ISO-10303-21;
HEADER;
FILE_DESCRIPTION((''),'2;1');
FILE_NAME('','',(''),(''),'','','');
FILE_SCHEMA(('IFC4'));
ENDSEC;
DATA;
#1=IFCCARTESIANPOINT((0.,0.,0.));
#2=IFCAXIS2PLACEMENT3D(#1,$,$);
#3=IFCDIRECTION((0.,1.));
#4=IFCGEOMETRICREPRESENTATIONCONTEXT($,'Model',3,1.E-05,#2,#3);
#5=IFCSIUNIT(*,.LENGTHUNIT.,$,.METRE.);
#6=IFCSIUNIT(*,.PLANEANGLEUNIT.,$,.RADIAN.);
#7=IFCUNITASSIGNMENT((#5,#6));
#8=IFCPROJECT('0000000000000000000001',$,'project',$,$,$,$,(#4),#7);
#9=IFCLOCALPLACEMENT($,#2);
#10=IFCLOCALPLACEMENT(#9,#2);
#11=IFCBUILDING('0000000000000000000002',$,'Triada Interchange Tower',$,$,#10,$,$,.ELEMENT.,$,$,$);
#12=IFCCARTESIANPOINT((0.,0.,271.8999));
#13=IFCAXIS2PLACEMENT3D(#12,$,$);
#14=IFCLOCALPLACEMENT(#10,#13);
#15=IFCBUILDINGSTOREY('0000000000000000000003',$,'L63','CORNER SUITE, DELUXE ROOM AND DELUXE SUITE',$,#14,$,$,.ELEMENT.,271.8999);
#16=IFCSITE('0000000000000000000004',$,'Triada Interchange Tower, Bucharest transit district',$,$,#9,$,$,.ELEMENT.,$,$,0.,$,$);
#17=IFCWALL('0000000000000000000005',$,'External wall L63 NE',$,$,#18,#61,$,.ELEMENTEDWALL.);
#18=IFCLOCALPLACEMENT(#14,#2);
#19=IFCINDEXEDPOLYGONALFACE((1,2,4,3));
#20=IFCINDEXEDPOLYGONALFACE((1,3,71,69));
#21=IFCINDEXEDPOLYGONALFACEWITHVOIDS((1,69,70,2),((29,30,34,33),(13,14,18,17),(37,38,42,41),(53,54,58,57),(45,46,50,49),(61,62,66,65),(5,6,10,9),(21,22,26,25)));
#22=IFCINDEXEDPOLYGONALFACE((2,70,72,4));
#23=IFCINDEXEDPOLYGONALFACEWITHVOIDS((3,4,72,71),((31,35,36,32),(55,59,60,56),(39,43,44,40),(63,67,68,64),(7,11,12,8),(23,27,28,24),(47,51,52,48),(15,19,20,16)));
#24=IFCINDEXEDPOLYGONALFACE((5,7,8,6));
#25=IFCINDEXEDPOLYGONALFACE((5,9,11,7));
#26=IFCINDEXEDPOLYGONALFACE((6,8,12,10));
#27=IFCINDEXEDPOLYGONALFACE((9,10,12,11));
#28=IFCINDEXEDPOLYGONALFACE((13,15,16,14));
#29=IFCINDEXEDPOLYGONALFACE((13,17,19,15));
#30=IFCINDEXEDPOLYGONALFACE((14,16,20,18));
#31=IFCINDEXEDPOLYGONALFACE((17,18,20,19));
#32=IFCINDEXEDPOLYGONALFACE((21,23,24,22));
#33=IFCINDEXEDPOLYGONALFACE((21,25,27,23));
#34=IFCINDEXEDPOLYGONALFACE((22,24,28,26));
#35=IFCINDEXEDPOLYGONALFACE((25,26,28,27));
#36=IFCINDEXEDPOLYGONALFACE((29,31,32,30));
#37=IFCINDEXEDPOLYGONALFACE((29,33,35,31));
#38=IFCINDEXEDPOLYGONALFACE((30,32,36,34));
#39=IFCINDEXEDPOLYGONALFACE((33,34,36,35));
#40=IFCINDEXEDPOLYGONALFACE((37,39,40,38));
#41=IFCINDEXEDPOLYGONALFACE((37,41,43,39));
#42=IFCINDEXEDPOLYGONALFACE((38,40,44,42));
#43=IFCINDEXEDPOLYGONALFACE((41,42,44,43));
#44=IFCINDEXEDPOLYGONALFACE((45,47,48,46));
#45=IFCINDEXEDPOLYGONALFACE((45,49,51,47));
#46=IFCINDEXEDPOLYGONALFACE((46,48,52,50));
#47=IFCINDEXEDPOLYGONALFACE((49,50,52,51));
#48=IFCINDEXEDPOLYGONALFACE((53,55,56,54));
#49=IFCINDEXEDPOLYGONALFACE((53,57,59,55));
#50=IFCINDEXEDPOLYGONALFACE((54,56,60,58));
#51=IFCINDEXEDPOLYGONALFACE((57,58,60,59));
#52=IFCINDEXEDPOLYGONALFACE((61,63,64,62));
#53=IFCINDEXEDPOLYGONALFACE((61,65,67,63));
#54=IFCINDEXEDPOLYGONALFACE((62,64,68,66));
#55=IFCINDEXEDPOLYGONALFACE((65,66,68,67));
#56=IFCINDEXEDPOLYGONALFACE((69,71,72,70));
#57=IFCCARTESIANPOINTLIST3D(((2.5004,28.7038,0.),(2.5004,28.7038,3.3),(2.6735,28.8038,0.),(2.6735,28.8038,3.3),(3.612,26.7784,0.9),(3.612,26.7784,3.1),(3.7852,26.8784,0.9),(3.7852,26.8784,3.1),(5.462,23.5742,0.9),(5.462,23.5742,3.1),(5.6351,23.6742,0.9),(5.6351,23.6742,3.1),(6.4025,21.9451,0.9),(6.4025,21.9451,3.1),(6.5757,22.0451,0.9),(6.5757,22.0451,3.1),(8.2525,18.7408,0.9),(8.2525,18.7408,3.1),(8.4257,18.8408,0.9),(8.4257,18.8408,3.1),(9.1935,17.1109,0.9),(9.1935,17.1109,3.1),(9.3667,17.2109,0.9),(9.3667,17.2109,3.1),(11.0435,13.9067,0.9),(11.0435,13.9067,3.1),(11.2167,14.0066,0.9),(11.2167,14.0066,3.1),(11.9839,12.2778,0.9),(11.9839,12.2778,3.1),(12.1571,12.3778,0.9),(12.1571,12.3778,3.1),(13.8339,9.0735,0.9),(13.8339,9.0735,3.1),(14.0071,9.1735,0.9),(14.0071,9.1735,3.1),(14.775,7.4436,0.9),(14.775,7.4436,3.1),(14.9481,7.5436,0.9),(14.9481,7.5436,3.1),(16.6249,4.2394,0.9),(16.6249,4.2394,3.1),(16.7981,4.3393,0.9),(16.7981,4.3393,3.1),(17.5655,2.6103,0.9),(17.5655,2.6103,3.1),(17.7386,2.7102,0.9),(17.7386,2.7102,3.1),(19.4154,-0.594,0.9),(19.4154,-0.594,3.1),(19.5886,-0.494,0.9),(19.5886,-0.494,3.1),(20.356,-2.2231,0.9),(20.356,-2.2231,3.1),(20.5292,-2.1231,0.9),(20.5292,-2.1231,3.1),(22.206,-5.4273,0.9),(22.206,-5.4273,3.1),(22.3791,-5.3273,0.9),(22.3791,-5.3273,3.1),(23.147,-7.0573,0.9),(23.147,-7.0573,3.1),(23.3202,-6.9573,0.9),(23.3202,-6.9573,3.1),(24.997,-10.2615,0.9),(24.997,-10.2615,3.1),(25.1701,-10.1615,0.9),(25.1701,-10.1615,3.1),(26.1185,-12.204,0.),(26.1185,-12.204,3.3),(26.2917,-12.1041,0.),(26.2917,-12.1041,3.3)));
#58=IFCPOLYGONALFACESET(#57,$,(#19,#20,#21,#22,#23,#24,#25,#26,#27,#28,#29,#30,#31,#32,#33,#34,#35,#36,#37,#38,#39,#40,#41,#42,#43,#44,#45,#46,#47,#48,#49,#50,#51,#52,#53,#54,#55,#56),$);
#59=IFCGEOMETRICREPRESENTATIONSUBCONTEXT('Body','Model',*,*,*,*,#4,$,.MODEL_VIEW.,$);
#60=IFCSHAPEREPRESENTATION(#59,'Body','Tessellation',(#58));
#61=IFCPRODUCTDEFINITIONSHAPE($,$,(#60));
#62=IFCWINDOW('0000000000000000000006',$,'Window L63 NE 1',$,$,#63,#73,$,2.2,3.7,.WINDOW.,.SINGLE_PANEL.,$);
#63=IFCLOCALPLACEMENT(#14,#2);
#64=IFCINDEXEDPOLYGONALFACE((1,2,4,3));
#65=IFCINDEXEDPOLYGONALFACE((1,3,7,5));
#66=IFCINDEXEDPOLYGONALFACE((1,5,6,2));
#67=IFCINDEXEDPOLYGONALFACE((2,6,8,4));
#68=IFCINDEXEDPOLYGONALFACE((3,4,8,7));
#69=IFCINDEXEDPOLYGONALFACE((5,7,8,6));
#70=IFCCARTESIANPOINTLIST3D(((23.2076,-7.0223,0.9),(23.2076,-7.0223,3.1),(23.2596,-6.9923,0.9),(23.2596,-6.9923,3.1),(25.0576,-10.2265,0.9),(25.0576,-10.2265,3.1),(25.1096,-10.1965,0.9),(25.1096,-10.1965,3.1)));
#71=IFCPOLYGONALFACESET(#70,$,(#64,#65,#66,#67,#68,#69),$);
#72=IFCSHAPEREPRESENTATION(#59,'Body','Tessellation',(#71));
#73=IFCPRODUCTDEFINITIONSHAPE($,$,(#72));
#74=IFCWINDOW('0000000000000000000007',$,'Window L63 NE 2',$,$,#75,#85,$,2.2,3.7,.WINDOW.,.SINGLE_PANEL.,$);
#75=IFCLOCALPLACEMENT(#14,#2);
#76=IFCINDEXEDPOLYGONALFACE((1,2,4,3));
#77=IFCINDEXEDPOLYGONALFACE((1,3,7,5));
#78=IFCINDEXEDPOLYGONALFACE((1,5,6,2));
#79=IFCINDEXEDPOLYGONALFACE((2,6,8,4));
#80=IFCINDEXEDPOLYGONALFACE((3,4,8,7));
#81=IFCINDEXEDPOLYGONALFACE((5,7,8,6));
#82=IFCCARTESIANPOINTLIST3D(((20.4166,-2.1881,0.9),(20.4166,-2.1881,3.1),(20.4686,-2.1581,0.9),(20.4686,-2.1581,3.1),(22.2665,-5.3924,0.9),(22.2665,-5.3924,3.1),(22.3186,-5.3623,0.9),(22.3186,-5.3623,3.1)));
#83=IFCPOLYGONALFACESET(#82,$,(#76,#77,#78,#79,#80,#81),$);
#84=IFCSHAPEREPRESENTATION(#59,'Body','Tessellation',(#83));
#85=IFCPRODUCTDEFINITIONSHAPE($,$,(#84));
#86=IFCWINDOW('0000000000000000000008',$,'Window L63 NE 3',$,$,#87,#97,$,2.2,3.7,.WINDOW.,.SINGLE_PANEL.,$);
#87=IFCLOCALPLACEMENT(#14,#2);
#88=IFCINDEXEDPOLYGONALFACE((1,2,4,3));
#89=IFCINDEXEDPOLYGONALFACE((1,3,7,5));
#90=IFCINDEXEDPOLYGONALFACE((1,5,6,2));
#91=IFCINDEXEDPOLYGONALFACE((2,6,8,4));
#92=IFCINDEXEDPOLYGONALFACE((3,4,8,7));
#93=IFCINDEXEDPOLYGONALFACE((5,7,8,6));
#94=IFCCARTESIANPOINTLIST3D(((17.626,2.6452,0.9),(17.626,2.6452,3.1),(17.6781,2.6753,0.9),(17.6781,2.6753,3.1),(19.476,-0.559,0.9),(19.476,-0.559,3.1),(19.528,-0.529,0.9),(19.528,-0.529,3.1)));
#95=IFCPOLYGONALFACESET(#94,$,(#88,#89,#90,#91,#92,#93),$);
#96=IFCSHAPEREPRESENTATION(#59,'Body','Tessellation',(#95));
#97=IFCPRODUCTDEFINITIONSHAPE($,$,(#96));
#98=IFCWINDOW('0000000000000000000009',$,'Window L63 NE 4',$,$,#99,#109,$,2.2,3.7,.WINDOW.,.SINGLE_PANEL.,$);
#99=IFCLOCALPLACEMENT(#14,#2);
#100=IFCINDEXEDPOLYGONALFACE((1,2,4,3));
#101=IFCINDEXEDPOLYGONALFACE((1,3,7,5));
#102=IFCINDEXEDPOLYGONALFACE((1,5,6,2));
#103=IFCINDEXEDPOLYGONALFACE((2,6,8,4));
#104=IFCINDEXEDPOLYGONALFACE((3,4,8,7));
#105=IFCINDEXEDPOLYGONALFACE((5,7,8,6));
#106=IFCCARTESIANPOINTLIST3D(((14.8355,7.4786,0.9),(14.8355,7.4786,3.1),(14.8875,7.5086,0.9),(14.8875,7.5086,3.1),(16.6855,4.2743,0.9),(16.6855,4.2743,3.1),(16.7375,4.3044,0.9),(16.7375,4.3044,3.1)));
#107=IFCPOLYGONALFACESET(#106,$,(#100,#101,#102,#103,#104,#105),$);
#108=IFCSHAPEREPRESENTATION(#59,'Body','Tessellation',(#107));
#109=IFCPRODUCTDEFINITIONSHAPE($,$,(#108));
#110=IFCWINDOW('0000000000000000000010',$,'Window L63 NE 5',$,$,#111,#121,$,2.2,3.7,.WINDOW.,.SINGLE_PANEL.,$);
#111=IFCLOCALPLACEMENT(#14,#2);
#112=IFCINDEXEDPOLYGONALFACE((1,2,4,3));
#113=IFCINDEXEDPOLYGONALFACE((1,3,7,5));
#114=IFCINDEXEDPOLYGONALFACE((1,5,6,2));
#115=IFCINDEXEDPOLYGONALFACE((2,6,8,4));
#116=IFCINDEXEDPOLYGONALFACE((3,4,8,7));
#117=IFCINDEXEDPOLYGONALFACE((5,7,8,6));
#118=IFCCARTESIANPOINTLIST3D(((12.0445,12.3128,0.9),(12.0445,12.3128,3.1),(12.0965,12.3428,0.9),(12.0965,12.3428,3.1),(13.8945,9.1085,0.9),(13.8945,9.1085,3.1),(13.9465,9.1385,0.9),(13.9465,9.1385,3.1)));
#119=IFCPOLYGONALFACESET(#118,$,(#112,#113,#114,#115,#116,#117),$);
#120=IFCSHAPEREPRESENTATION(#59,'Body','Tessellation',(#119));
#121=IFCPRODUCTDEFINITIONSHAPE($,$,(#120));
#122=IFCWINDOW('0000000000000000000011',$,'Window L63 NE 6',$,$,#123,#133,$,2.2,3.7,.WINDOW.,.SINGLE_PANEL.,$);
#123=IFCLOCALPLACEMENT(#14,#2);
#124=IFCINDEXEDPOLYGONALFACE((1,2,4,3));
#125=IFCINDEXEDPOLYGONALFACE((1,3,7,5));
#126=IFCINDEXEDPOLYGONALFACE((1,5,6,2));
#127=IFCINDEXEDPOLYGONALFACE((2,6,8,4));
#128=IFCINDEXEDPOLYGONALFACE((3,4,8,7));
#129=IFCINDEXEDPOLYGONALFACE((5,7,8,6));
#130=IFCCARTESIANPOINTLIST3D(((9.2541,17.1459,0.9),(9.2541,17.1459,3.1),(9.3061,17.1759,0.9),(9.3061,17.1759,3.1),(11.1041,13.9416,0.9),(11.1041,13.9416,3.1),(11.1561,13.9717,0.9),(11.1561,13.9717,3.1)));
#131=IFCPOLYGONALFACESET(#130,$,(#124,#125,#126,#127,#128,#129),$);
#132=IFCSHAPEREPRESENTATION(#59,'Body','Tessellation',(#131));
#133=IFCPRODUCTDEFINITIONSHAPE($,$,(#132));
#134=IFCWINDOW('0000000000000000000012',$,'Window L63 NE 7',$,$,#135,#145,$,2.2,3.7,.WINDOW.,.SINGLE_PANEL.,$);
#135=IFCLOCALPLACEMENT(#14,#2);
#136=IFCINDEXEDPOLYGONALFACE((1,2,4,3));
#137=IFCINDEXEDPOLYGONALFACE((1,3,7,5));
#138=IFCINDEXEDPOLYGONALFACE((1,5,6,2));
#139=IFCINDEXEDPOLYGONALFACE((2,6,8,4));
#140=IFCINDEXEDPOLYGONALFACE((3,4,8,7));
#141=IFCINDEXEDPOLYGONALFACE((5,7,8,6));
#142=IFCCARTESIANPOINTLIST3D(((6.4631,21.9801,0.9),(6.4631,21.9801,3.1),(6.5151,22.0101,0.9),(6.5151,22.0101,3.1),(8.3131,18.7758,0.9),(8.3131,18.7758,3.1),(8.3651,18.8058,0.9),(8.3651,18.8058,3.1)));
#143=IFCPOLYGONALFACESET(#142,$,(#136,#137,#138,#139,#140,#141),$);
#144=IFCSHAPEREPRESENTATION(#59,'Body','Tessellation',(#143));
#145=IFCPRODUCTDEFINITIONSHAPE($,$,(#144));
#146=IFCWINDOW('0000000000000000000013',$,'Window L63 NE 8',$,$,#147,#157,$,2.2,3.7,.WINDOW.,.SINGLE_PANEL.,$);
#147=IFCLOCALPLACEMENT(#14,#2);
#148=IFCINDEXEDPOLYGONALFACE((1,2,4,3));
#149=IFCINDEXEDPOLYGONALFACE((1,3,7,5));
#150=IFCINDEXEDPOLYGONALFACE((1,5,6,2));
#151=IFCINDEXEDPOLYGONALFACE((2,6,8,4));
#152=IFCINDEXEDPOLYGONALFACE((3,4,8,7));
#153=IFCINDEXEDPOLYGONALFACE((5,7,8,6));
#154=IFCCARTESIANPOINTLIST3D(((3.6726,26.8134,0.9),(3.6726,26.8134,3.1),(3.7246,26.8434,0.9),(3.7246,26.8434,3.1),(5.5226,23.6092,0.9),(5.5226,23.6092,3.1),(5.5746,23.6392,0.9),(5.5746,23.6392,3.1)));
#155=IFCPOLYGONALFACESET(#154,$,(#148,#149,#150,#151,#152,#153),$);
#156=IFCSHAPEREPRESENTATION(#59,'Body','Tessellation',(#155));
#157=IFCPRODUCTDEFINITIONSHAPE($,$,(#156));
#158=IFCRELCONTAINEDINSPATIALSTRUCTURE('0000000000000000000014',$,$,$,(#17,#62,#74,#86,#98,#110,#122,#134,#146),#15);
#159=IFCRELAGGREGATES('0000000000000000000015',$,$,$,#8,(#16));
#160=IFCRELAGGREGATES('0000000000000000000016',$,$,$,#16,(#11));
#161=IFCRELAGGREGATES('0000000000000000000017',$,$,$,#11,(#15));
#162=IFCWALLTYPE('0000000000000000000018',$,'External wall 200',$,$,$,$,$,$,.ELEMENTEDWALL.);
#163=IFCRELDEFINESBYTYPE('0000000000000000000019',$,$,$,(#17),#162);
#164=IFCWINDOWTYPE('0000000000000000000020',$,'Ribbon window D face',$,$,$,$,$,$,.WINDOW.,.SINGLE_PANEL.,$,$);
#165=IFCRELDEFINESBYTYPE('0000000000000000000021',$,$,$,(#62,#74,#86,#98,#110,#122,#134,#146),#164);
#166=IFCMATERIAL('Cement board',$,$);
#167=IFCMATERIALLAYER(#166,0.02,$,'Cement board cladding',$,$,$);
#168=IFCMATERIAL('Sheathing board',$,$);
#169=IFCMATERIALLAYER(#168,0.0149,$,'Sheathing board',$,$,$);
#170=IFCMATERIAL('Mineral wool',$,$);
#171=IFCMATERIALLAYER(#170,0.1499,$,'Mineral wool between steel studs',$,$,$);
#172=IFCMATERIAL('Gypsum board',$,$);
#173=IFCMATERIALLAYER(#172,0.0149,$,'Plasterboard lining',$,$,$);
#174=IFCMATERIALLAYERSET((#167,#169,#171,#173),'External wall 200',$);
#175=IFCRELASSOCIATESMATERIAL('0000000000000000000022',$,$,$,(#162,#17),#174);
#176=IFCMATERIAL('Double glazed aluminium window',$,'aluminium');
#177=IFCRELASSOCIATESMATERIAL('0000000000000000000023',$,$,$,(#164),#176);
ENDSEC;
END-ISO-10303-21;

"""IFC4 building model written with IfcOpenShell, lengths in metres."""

from ifc_helpers import new_model, si_unit, direction, frame, frame_2d, origin, place, context, subcontext, project, spatial, rectangle, extrude, material, layer, layer_set, layer_usage, type_object, element, fill, save


model = new_model("IFC4")

# Units and contexts
model_context = context("Model", 3, precision=1e-05, world=origin(), true_north=direction((0.0, 1.0)))
body_context = subcontext(model_context, "Body", "Model", "MODEL_VIEW")
ifc_project = project(units=[si_unit("LENGTHUNIT", "METRE"), si_unit("PLANEANGLEUNIT", "RADIAN")], contexts=[model_context])

# Site, building, storey
site_placement = place(None, origin())
site = spatial("IfcSite", under=ifc_project, at=site_placement, Name="Triada Interchange Tower, Bucharest transit district", CompositionType="ELEMENT", RefElevation=0.0)
building_placement = place(site_placement, origin())
building = spatial("IfcBuilding", under=site, at=building_placement, Name="Triada Interchange Tower", CompositionType="ELEMENT")
storey_placement = place(building_placement, frame((0.0, 0.0, 271.8999)))
storey = spatial("IfcBuildingStorey", under=building, at=storey_placement, Name="L63", Description="CORNER SUITE, DELUXE ROOM AND DELUXE SUITE", CompositionType="ELEMENT", Elevation=271.8999)

# Shared definitions
ifc_material_1 = material(Name="Cement board")
ifc_layer_1 = layer(ifc_material_1, 0.02, Name="Cement board cladding")
ifc_material_2 = material(Name="Sheathing board")
ifc_layer_2 = layer(ifc_material_2, 0.0149, Name="Sheathing board")
ifc_material_3 = material(Name="Mineral wool")
ifc_layer_3 = layer(ifc_material_3, 0.1499, Name="Mineral wool between steel studs")
ifc_material_4 = material(Name="Gypsum board")
ifc_layer_4 = layer(ifc_material_4, 0.0149, Name="Plasterboard lining")
ifc_layer_set_1 = layer_set([ifc_layer_1, ifc_layer_2, ifc_layer_3, ifc_layer_4], Name="External wall 200")
ifc_layer_usage = layer_usage(ifc_layer_set_1, "AXIS2", "POSITIVE", -0.1001)
wall_type = type_object("IfcWallType", Name="External wall 200", PredefinedType="ELEMENTEDWALL", material=ifc_layer_set_1)
ifc_material_5 = material(Name="Double glazed aluminium window", Category="aluminium")

# Wall, openings, windows
wall_1_placement = place(storey_placement, frame((26.2051, -12.1541, 0.0), z_axis=(0.0, 0.0, 1.0), x_axis=(-0.499999, 0.866026, 0.0)))
wall_1 = element("IfcWall", 1, at=wall_1_placement, inside=storey, type_object=wall_type, material=ifc_layer_usage, Name="External wall L63 NE", PredefinedType="ELEMENTEDWALL", context=body_context, shape_type="SweptSolid", body=[
    extrude(rectangle(XDim=47.2363, YDim=0.2, at=frame_2d((23.6182, 0.0))), origin(), (0.0, 0.0, 1.0), 3.3),
])
opening_1_placement = place(wall_1_placement, frame((2.2429, 0.0, 0.8999)))
opening_1 = element("IfcOpeningElement", 2, at=opening_1_placement, cuts=wall_1, PredefinedType="OPENING", context=body_context, shape_type="SweptSolid", body=[
    extrude(rectangle(XDim=3.7, YDim=2.2, at=frame_2d((1.8501, 1.1001))), frame((0.0, 0.1099, 0.0), z_axis=(0.0, -1.0, 0.0), x_axis=(1.0, 0.0, 0.0)), (0.0, 0.0, 1.0), 0.22),
])
opening_2_placement = place(wall_1_placement, frame((7.825, 0.0, 0.8999)))
opening_2 = element("IfcOpeningElement", 3, at=opening_2_placement, cuts=wall_1, PredefinedType="OPENING", context=body_context, shape_type="SweptSolid", body=[
    extrude(rectangle(XDim=3.7, YDim=2.2, at=frame_2d((1.8501, 1.1001))), frame((0.0, 0.1099, 0.0), z_axis=(0.0, -1.0, 0.0), x_axis=(1.0, 0.0, 0.0)), (0.0, 0.0, 1.0), 0.22),
])
opening_3_placement = place(wall_1_placement, frame((13.406, 0.0, 0.8999)))
opening_3 = element("IfcOpeningElement", 4, at=opening_3_placement, cuts=wall_1, PredefinedType="OPENING", context=body_context, shape_type="SweptSolid", body=[
    extrude(rectangle(XDim=3.7, YDim=2.2, at=frame_2d((1.8501, 1.1001))), frame((0.0, 0.1099, 0.0), z_axis=(0.0, -1.0, 0.0), x_axis=(1.0, 0.0, 0.0)), (0.0, 0.0, 1.0), 0.22),
])
opening_4_placement = place(wall_1_placement, frame((18.9871, 0.0, 0.8999)))
opening_4 = element("IfcOpeningElement", 5, at=opening_4_placement, cuts=wall_1, PredefinedType="OPENING", context=body_context, shape_type="SweptSolid", body=[
    extrude(rectangle(XDim=3.7, YDim=2.2, at=frame_2d((1.8501, 1.1001))), frame((0.0, 0.1099, 0.0), z_axis=(0.0, -1.0, 0.0), x_axis=(1.0, 0.0, 0.0)), (0.0, 0.0, 1.0), 0.22),
])
opening_5_placement = place(wall_1_placement, frame((24.5691, 0.0, 0.8999)))
opening_5 = element("IfcOpeningElement", 6, at=opening_5_placement, cuts=wall_1, PredefinedType="OPENING", context=body_context, shape_type="SweptSolid", body=[
    extrude(rectangle(XDim=3.7, YDim=2.2, at=frame_2d((1.8501, 1.1001))), frame((0.0, 0.1099, 0.0), z_axis=(0.0, -1.0, 0.0), x_axis=(1.0, 0.0, 0.0)), (0.0, 0.0, 1.0), 0.22),
])
opening_6_placement = place(wall_1_placement, frame((30.1499, 0.0, 0.8999)))
opening_6 = element("IfcOpeningElement", 7, at=opening_6_placement, cuts=wall_1, PredefinedType="OPENING", context=body_context, shape_type="SweptSolid", body=[
    extrude(rectangle(XDim=3.7, YDim=2.2, at=frame_2d((1.8501, 1.1001))), frame((0.0, 0.1099, 0.0), z_axis=(0.0, -1.0, 0.0), x_axis=(1.0, 0.0, 0.0)), (0.0, 0.0, 1.0), 0.22),
])
opening_7_placement = place(wall_1_placement, frame((35.7319, 0.0, 0.8999)))
opening_7 = element("IfcOpeningElement", 8, at=opening_7_placement, cuts=wall_1, PredefinedType="OPENING", context=body_context, shape_type="SweptSolid", body=[
    extrude(rectangle(XDim=3.7, YDim=2.2, at=frame_2d((1.8501, 1.1001))), frame((0.0, 0.1099, 0.0), z_axis=(0.0, -1.0, 0.0), x_axis=(1.0, 0.0, 0.0)), (0.0, 0.0, 1.0), 0.22),
])
opening_8_placement = place(wall_1_placement, frame((41.313, 0.0, 0.8999)))
opening_8 = element("IfcOpeningElement", 9, at=opening_8_placement, cuts=wall_1, PredefinedType="OPENING", context=body_context, shape_type="SweptSolid", body=[
    extrude(rectangle(XDim=3.7, YDim=2.2, at=frame_2d((1.8501, 1.1001))), frame((0.0, 0.1099, 0.0), z_axis=(0.0, -1.0, 0.0), x_axis=(1.0, 0.0, 0.0)), (0.0, 0.0, 1.0), 0.22),
])
window_type_1 = type_object("IfcWindowType", Name="Ribbon window D face", PartitioningType="SINGLE_PANEL", PredefinedType="WINDOW", material=ifc_material_5)
window_1_placement = place(opening_1_placement, origin())
window_1 = element("IfcWindow", 10, at=window_1_placement, inside=storey, type_object=window_type_1, Name="Window L63 NE 1", OverallHeight=2.2, OverallWidth=3.7, PartitioningType="SINGLE_PANEL", PredefinedType="WINDOW", context=body_context, shape_type="SweptSolid", body=[
    extrude(rectangle(XDim=3.7, YDim=2.2, at=frame_2d((1.8501, 1.1001))), frame((0.0, 0.03, 0.0), z_axis=(0.0, -1.0, 0.0), x_axis=(1.0, 0.0, 0.0)), (0.0, 0.0, 1.0), 0.0601),
])
fill(opening_1, window_1)
window_2_placement = place(opening_2_placement, origin())
window_2 = element("IfcWindow", 11, at=window_2_placement, inside=storey, type_object=window_type_1, Name="Window L63 NE 2", OverallHeight=2.2, OverallWidth=3.7, PartitioningType="SINGLE_PANEL", PredefinedType="WINDOW", context=body_context, shape_type="SweptSolid", body=[
    extrude(rectangle(XDim=3.7, YDim=2.2, at=frame_2d((1.8501, 1.1001))), frame((0.0, 0.03, 0.0), z_axis=(0.0, -1.0, 0.0), x_axis=(1.0, 0.0, 0.0)), (0.0, 0.0, 1.0), 0.0601),
])
fill(opening_2, window_2)
window_3_placement = place(opening_3_placement, origin())
window_3 = element("IfcWindow", 12, at=window_3_placement, inside=storey, type_object=window_type_1, Name="Window L63 NE 3", OverallHeight=2.2, OverallWidth=3.7, PartitioningType="SINGLE_PANEL", PredefinedType="WINDOW", context=body_context, shape_type="SweptSolid", body=[
    extrude(rectangle(XDim=3.7, YDim=2.2, at=frame_2d((1.8501, 1.1001))), frame((0.0, 0.03, 0.0), z_axis=(0.0, -1.0, 0.0), x_axis=(1.0, 0.0, 0.0)), (0.0, 0.0, 1.0), 0.0601),
])
fill(opening_3, window_3)
window_4_placement = place(opening_4_placement, origin())
window_4 = element("IfcWindow", 13, at=window_4_placement, inside=storey, type_object=window_type_1, Name="Window L63 NE 4", OverallHeight=2.2, OverallWidth=3.7, PartitioningType="SINGLE_PANEL", PredefinedType="WINDOW", context=body_context, shape_type="SweptSolid", body=[
    extrude(rectangle(XDim=3.7, YDim=2.2, at=frame_2d((1.8501, 1.1001))), frame((0.0, 0.03, 0.0), z_axis=(0.0, -1.0, 0.0), x_axis=(1.0, 0.0, 0.0)), (0.0, 0.0, 1.0), 0.0601),
])
fill(opening_4, window_4)
window_5_placement = place(opening_5_placement, origin())
window_5 = element("IfcWindow", 14, at=window_5_placement, inside=storey, type_object=window_type_1, Name="Window L63 NE 5", OverallHeight=2.2, OverallWidth=3.7, PartitioningType="SINGLE_PANEL", PredefinedType="WINDOW", context=body_context, shape_type="SweptSolid", body=[
    extrude(rectangle(XDim=3.7, YDim=2.2, at=frame_2d((1.8501, 1.1001))), frame((0.0, 0.03, 0.0), z_axis=(0.0, -1.0, 0.0), x_axis=(1.0, 0.0, 0.0)), (0.0, 0.0, 1.0), 0.0601),
])
fill(opening_5, window_5)
window_6_placement = place(opening_6_placement, origin())
window_6 = element("IfcWindow", 15, at=window_6_placement, inside=storey, type_object=window_type_1, Name="Window L63 NE 6", OverallHeight=2.2, OverallWidth=3.7, PartitioningType="SINGLE_PANEL", PredefinedType="WINDOW", context=body_context, shape_type="SweptSolid", body=[
    extrude(rectangle(XDim=3.7, YDim=2.2, at=frame_2d((1.8501, 1.1001))), frame((0.0, 0.03, 0.0), z_axis=(0.0, -1.0, 0.0), x_axis=(1.0, 0.0, 0.0)), (0.0, 0.0, 1.0), 0.0601),
])
fill(opening_6, window_6)
window_7_placement = place(opening_7_placement, origin())
window_7 = element("IfcWindow", 16, at=window_7_placement, inside=storey, type_object=window_type_1, Name="Window L63 NE 7", OverallHeight=2.2, OverallWidth=3.7, PartitioningType="SINGLE_PANEL", PredefinedType="WINDOW", context=body_context, shape_type="SweptSolid", body=[
    extrude(rectangle(XDim=3.7, YDim=2.2, at=frame_2d((1.8501, 1.1001))), frame((0.0, 0.03, 0.0), z_axis=(0.0, -1.0, 0.0), x_axis=(1.0, 0.0, 0.0)), (0.0, 0.0, 1.0), 0.0601),
])
fill(opening_7, window_7)
window_8_placement = place(opening_8_placement, origin())
window_8 = element("IfcWindow", 17, at=window_8_placement, inside=storey, type_object=window_type_1, Name="Window L63 NE 8", OverallHeight=2.2, OverallWidth=3.7, PartitioningType="SINGLE_PANEL", PredefinedType="WINDOW", context=body_context, shape_type="SweptSolid", body=[
    extrude(rectangle(XDim=3.7, YDim=2.2, at=frame_2d((1.8501, 1.1001))), frame((0.0, 0.03, 0.0), z_axis=(0.0, -1.0, 0.0), x_axis=(1.0, 0.0, 0.0)), (0.0, 0.0, 1.0), 0.0601),
])
fill(opening_8, window_8)

save(model, "model.ifc")
